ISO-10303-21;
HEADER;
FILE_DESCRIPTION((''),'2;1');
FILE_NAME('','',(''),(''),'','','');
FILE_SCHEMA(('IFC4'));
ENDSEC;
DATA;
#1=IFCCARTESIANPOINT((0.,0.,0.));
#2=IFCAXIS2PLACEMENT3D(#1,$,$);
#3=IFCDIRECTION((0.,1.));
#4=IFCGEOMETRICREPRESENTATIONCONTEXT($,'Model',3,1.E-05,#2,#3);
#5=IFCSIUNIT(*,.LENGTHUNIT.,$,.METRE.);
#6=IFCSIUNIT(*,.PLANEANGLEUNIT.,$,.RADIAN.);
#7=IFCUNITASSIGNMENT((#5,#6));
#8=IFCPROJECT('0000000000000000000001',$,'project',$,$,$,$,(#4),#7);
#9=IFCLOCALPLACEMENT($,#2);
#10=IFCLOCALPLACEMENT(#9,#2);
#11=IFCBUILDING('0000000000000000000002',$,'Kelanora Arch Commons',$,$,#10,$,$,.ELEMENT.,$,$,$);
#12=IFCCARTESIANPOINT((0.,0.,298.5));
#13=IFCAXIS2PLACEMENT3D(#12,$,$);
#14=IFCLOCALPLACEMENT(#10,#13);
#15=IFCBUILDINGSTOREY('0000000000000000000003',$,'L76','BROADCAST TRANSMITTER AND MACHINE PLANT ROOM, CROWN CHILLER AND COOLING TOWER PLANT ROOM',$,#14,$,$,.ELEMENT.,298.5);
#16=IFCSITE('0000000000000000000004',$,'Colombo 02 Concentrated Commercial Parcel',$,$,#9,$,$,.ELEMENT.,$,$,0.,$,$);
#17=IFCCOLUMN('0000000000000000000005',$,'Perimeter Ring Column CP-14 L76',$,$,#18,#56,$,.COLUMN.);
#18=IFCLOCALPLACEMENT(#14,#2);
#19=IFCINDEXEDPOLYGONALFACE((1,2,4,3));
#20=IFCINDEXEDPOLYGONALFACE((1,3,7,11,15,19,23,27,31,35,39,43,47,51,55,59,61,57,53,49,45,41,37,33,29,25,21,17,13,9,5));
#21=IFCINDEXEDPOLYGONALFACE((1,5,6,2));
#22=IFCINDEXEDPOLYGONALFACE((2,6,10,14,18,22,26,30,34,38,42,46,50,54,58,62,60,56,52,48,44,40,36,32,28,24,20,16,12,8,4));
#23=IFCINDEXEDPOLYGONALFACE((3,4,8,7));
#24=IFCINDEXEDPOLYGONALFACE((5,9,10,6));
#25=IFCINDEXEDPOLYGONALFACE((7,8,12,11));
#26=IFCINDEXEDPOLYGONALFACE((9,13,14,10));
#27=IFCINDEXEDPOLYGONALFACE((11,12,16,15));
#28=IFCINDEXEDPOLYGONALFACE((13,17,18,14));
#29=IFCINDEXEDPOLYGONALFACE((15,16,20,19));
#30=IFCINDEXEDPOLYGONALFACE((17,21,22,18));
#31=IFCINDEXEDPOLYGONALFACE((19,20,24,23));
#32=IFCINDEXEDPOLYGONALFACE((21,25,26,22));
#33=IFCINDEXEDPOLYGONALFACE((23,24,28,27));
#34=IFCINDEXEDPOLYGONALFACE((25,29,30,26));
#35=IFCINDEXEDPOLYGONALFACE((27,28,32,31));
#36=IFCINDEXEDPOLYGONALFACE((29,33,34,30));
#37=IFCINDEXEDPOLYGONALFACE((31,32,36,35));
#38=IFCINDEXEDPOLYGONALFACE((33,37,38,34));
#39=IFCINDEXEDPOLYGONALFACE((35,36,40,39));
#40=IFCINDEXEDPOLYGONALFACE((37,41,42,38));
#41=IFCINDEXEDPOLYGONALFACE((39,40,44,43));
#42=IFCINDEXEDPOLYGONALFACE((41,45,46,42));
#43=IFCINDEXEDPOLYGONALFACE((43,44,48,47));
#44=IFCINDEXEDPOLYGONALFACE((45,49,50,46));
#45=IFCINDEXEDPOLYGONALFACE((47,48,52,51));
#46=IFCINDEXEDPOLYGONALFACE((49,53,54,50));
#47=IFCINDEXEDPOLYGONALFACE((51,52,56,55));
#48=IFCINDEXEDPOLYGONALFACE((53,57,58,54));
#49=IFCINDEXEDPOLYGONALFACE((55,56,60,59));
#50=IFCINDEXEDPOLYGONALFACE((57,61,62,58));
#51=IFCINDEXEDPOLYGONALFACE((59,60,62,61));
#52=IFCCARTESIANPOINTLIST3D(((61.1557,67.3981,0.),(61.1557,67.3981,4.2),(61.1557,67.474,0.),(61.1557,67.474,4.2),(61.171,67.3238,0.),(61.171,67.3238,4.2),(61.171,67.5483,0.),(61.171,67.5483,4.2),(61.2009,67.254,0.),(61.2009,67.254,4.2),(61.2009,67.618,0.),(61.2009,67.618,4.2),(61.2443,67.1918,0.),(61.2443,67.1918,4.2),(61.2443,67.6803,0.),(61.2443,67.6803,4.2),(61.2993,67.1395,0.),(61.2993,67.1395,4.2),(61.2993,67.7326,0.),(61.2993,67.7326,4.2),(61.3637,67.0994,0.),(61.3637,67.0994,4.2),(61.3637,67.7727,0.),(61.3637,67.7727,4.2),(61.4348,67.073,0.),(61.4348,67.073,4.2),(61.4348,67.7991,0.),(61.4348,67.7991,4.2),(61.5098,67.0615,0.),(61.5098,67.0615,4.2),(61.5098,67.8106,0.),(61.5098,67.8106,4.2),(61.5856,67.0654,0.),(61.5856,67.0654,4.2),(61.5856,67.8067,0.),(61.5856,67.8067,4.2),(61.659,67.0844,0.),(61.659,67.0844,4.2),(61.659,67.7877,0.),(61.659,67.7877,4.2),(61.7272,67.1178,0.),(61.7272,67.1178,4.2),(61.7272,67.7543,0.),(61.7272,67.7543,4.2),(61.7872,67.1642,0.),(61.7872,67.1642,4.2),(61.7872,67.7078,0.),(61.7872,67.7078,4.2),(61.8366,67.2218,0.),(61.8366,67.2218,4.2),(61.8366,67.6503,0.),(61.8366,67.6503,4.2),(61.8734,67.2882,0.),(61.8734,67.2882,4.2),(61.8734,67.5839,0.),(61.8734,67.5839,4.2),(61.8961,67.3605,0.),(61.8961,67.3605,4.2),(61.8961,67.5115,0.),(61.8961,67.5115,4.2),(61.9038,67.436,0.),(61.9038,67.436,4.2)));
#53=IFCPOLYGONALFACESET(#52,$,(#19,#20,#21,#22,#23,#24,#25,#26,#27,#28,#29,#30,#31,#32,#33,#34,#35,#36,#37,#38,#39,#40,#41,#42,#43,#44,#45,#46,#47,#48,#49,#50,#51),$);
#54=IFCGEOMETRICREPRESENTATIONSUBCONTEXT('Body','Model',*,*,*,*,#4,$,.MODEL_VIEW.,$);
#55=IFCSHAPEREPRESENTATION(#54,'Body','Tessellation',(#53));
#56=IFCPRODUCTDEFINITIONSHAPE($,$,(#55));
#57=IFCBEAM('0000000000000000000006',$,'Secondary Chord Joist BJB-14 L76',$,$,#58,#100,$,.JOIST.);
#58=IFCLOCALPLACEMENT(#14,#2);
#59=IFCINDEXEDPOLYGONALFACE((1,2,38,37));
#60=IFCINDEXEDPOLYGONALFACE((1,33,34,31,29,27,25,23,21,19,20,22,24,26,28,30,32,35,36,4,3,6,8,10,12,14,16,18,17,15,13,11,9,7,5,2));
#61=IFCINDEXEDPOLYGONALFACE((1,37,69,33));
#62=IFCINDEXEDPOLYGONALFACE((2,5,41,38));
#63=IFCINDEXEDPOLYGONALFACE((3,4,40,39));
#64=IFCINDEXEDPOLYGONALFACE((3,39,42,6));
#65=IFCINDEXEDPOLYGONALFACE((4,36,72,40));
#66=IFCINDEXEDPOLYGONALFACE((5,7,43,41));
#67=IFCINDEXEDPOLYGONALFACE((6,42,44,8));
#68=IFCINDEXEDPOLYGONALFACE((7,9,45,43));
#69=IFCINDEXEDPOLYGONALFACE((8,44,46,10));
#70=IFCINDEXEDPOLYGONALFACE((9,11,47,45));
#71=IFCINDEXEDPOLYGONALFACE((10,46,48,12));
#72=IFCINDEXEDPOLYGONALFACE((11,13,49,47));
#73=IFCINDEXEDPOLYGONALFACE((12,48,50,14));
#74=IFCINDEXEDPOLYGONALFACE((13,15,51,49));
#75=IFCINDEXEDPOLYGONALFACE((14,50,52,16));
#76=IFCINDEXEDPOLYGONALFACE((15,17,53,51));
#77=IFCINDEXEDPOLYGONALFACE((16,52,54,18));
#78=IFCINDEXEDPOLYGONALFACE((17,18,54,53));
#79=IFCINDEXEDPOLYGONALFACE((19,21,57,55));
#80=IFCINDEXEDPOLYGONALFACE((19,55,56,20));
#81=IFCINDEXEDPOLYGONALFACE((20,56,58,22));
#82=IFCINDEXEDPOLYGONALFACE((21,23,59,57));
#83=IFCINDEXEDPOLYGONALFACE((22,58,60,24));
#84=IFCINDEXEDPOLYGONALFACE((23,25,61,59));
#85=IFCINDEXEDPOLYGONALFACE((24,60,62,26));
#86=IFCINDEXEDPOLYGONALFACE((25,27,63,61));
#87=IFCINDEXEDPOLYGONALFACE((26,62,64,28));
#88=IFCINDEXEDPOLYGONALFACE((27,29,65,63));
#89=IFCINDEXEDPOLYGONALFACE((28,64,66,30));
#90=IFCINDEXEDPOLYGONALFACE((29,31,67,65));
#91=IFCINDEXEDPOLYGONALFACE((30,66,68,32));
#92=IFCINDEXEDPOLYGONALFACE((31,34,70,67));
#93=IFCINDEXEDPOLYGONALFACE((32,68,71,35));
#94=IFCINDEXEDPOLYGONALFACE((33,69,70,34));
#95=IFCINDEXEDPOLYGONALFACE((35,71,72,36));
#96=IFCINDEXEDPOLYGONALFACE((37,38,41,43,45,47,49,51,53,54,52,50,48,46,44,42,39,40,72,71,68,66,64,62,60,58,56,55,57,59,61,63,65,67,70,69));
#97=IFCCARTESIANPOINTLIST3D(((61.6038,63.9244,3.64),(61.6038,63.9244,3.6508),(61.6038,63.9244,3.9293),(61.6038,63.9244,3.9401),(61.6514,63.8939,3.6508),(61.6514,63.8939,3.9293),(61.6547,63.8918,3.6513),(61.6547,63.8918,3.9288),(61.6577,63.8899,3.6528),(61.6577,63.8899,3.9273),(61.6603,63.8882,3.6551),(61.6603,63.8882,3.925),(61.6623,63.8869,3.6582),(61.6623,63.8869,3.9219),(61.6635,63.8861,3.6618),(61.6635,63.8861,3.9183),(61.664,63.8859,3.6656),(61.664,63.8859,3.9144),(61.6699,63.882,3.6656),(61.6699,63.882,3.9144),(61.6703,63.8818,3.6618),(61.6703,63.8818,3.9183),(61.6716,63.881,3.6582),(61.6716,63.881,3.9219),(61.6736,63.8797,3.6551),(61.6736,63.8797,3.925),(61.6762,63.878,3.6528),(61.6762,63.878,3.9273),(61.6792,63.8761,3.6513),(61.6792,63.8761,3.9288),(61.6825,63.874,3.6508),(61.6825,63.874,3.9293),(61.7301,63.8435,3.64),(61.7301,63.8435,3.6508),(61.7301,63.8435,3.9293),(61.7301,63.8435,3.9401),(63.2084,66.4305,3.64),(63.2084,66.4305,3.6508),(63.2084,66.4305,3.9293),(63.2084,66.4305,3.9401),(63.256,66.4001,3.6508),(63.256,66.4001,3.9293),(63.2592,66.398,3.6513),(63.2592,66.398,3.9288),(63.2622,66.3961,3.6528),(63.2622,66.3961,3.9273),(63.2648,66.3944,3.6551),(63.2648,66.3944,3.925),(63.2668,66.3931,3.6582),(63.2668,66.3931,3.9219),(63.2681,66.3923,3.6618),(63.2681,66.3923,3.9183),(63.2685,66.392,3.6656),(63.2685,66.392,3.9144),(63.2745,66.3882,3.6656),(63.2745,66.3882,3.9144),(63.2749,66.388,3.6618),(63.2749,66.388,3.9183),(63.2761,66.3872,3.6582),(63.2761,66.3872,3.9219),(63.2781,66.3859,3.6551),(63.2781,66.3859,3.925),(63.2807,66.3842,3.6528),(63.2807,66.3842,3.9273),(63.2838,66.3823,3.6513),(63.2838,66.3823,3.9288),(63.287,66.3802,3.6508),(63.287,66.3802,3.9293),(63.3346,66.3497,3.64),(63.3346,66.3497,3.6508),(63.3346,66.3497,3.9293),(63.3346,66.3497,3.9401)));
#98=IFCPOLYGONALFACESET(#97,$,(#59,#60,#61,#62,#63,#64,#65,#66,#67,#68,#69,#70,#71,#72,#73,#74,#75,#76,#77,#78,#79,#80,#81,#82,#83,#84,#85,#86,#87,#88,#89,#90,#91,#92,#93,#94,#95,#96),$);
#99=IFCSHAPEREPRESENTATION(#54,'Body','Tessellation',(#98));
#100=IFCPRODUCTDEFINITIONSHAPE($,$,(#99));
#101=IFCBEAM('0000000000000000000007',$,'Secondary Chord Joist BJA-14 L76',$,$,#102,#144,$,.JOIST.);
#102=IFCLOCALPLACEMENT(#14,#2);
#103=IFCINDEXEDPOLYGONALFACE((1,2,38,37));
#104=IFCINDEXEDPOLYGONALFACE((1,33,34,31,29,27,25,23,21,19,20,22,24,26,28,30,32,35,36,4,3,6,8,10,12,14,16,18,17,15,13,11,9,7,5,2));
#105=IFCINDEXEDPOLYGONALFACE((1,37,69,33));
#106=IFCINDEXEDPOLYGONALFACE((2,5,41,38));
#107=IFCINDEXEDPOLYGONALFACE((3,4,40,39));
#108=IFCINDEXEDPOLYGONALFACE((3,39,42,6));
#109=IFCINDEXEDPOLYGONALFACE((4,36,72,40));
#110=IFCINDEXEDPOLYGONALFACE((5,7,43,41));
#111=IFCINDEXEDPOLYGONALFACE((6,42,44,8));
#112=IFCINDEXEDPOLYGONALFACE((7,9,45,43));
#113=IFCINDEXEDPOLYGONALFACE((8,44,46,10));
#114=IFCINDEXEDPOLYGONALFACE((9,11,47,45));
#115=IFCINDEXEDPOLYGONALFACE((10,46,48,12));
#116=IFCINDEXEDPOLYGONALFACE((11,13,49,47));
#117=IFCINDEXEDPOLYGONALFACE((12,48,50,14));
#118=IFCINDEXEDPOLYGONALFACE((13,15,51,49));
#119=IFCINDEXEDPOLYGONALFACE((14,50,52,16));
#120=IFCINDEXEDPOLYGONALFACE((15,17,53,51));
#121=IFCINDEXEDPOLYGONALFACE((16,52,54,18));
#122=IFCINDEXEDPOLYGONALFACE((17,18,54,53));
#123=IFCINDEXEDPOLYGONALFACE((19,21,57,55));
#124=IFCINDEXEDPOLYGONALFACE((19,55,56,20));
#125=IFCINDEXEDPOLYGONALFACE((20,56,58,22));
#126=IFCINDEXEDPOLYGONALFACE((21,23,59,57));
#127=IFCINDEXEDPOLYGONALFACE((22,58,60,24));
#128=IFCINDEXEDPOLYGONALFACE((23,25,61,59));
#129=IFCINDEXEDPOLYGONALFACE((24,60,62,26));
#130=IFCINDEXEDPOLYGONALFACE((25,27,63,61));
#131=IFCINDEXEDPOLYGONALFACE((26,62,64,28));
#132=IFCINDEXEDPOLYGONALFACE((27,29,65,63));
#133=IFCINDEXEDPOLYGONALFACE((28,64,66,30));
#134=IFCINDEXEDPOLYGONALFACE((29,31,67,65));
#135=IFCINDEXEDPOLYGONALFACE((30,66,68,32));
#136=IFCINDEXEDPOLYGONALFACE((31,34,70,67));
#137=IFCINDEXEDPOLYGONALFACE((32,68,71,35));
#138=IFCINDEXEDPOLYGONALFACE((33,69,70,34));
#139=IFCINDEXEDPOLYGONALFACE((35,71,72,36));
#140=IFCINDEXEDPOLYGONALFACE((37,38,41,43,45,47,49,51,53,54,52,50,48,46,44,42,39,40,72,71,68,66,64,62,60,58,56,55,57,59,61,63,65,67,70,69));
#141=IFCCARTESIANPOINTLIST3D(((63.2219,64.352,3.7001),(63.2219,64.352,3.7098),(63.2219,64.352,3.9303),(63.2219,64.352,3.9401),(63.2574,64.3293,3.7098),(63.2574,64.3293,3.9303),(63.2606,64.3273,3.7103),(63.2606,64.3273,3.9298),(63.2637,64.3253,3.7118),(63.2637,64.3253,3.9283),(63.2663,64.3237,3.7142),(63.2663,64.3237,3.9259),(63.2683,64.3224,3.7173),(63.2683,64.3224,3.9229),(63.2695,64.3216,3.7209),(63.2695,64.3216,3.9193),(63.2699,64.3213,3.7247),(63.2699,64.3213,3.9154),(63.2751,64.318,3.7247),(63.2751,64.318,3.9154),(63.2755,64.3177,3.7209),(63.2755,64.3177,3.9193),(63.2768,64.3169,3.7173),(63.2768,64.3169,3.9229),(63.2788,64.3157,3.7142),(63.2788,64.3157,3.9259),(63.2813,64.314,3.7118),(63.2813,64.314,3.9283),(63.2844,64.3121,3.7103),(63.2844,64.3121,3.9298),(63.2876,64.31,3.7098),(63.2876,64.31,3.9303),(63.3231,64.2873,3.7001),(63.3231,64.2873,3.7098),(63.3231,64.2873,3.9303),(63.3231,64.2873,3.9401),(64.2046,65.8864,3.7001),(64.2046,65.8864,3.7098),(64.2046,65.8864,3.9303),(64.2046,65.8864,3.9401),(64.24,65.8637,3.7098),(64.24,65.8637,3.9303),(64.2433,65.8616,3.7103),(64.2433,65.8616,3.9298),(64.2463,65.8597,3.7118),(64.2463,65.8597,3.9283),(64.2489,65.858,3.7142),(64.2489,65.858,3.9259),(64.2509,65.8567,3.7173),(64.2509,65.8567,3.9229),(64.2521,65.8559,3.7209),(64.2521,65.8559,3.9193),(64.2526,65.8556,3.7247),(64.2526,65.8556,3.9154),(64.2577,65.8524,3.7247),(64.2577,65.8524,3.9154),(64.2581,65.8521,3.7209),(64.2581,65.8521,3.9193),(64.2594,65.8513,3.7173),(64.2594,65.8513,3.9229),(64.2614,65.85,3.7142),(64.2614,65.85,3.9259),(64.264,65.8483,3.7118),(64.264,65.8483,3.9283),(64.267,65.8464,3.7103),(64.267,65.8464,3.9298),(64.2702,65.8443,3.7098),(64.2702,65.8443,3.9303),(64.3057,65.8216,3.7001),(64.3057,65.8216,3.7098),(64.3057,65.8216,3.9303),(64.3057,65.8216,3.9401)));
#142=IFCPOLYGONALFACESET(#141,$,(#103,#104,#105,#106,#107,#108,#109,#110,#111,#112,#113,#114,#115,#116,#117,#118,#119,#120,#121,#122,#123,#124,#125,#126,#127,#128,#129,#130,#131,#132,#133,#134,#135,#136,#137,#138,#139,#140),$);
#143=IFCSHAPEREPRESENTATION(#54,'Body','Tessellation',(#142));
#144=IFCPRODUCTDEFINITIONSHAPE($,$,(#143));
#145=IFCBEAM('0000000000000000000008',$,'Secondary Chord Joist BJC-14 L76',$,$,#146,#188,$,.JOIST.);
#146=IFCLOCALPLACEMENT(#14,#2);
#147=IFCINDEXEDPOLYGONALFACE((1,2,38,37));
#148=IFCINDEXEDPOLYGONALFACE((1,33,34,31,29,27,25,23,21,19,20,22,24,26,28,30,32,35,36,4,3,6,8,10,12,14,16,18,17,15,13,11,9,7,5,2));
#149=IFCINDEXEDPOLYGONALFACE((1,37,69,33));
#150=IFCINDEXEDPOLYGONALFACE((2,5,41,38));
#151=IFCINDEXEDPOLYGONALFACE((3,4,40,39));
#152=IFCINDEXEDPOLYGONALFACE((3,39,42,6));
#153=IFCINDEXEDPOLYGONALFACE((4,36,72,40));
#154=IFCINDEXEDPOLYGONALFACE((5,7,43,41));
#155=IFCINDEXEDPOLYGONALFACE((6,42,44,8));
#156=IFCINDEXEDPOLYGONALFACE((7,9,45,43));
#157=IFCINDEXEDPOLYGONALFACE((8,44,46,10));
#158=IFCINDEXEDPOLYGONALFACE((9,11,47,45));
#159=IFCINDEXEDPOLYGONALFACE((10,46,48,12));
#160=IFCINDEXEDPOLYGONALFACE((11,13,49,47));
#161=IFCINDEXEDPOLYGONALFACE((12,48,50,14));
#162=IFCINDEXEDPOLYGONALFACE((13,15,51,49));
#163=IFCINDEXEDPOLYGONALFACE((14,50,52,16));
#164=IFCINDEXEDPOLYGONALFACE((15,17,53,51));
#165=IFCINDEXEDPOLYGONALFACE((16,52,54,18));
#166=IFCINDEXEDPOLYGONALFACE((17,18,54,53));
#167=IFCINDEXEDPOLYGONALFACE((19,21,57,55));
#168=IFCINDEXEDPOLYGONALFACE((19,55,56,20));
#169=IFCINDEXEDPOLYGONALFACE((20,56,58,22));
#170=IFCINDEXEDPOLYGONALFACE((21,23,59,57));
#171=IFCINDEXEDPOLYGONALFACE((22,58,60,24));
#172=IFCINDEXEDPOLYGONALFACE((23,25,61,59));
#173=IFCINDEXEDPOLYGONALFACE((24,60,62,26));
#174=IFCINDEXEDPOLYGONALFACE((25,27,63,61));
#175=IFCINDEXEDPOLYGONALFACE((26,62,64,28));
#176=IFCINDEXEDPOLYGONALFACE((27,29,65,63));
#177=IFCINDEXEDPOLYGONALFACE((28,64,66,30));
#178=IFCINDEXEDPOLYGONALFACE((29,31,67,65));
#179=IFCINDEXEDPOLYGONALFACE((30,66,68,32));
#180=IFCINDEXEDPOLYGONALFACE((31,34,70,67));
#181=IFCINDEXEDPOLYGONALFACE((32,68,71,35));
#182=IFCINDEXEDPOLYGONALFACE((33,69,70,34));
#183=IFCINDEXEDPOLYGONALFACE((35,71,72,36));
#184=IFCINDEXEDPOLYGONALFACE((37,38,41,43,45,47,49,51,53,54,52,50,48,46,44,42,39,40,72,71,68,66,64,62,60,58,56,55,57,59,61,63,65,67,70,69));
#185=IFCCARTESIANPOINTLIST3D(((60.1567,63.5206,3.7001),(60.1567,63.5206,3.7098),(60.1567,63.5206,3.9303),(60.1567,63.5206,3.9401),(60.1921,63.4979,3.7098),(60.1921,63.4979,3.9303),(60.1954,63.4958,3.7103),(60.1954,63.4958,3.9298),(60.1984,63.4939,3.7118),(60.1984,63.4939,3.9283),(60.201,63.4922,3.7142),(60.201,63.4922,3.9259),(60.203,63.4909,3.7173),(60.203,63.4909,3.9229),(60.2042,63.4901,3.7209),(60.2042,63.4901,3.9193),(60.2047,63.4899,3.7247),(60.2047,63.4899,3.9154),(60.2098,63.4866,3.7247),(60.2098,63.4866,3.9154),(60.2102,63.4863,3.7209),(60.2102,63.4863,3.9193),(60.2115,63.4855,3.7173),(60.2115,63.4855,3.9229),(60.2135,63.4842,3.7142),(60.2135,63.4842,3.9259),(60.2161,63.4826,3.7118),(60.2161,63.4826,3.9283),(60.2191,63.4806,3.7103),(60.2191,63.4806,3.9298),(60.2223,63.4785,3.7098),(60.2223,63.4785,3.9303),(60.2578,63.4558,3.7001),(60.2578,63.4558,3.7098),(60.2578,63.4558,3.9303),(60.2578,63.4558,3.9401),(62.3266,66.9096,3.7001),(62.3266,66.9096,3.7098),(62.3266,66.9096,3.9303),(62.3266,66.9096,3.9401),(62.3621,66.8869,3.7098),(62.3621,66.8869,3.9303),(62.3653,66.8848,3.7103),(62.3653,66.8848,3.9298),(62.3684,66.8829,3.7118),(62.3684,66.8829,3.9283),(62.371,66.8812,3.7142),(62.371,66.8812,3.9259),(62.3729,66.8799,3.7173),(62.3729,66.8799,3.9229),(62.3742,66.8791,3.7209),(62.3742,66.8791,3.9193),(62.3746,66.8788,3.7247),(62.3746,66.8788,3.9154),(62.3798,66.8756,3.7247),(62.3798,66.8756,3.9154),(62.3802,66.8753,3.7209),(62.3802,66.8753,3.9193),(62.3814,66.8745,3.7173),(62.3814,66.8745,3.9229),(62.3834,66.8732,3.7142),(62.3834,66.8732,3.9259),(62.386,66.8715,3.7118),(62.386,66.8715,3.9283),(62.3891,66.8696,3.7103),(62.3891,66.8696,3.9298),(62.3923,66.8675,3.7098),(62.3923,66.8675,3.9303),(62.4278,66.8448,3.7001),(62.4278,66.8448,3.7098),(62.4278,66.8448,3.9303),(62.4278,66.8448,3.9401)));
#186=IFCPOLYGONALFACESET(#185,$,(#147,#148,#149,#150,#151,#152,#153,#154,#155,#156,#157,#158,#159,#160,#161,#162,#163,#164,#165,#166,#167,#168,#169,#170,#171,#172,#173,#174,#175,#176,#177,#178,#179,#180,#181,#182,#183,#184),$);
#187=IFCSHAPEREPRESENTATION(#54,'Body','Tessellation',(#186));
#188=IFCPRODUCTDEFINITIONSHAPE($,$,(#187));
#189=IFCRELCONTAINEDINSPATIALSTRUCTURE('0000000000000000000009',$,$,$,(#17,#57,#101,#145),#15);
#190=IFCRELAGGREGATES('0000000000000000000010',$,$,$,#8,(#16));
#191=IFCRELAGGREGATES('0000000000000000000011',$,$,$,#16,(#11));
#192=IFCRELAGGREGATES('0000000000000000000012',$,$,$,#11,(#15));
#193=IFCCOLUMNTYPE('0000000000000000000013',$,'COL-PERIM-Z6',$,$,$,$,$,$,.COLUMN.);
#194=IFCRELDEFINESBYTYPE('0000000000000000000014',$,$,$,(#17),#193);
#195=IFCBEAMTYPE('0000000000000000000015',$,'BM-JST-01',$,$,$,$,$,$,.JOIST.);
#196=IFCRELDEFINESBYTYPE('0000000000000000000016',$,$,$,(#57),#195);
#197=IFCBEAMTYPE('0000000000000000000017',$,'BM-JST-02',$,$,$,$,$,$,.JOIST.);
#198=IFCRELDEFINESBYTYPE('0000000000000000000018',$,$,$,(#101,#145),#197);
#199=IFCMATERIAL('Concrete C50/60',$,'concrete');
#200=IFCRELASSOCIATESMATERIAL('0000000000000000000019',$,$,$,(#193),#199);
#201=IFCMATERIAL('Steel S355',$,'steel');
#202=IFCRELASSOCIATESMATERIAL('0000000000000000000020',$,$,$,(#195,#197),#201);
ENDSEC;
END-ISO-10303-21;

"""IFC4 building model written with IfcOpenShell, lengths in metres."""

from ifc_helpers import new_model, si_unit, direction, frame, origin, origin_2d, place, context, subcontext, project, spatial, circle, i_section, extrude, material, material_profile, profile_set, type_object, element, save


model = new_model("IFC4")

# Units and contexts
model_context = context("Model", 3, precision=1e-05, world=origin(), true_north=direction((0.0, 1.0)))
body_context = subcontext(model_context, "Body", "Model", "MODEL_VIEW")
ifc_project = project(units=[si_unit("LENGTHUNIT", "METRE"), si_unit("PLANEANGLEUNIT", "RADIAN")], contexts=[model_context])

# Site, building, storey
site_placement = place(None, origin())
site = spatial("IfcSite", under=ifc_project, at=site_placement, Name="Colombo 02 Concentrated Commercial Parcel", CompositionType="ELEMENT", RefElevation=0.0)
building_placement = place(site_placement, origin())
building = spatial("IfcBuilding", under=site, at=building_placement, Name="Kelanora Arch Commons", CompositionType="ELEMENT")
storey_placement = place(building_placement, frame((0.0, 0.0, 298.5)))
storey = spatial("IfcBuildingStorey", under=building, at=storey_placement, Name="L76", Description="BROADCAST TRANSMITTER AND MACHINE PLANT ROOM, CROWN CHILLER AND COOLING TOWER PLANT ROOM", CompositionType="ELEMENT", Elevation=298.5)

# Column
ifc_material_1 = material(Name="Concrete C50/60", Category="concrete")
ifc_material_profile_1 = material_profile(ifc_material_1, circle(Radius=0.375, at=origin_2d()), Name="RCC750")
ifc_profile_set_1 = profile_set([ifc_material_profile_1], Name="Concrete C50/60")
column_type = type_object("IfcColumnType", Name="COL-PERIM-Z6", PredefinedType="COLUMN", material=ifc_profile_set_1)
column_placement = place(storey_placement, frame((61.5288, 67.436, 0.0), z_axis=(0.0, 0.0, 1.0), x_axis=(1.0, 0.0, 0.0)))
element("IfcColumn", 1, at=column_placement, inside=storey, type_object=column_type, Name="Perimeter Ring Column CP-14 L76", PredefinedType="COLUMN", context=body_context, shape_type="SweptSolid", body=[
    extrude(circle(Radius=0.375, at=origin_2d()), origin(), (0.0, 0.0, 1.0), 4.2),
])

# Beams
ifc_material_2 = material(Name="Steel S355", Category="steel")
ifc_material_profile_2 = material_profile(ifc_material_2, i_section(OverallWidth=0.1499, OverallDepth=0.3, WebThickness=0.0071, FlangeThickness=0.0107, FilletRadius=0.0149, at=origin_2d()), Name="IPE300")
ifc_profile_set_2 = profile_set([ifc_material_profile_2], Name="Steel S355")
beam_type_1 = type_object("IfcBeamType", Name="BM-JST-01", PredefinedType="JOIST", material=ifc_profile_set_2)
beam_1_placement = place(storey_placement, frame((63.2715, 66.3901, 3.79), z_axis=(-0.539193, -0.842182, 0.0), x_axis=(0.842182, -0.539193, 0.0)))
element("IfcBeam", 2, at=beam_1_placement, inside=storey, type_object=beam_type_1, Name="Secondary Chord Joist BJB-14 L76", PredefinedType="JOIST", context=body_context, shape_type="SweptSolid", body=[
    extrude(i_section(OverallWidth=0.1499, OverallDepth=0.3, WebThickness=0.0071, FlangeThickness=0.0107, FilletRadius=0.0149, at=origin_2d()), origin(), (0.0, 0.0, 1.0), 2.9758),
])
ifc_material_profile_3 = material_profile(ifc_material_2, i_section(OverallWidth=0.1201, OverallDepth=0.24, WebThickness=0.0061, FlangeThickness=0.0098, FilletRadius=0.0149, at=origin_2d()), Name="IPE240")
ifc_profile_set_3 = profile_set([ifc_material_profile_3], Name="Steel S355")
beam_type_2 = type_object("IfcBeamType", Name="BM-JST-02", PredefinedType="JOIST", material=ifc_profile_set_3)
beam_2_placement = place(storey_placement, frame((64.2551, 65.854, 3.8201), z_axis=(-0.539301, -0.842113, 0.0), x_axis=(0.842113, -0.539301, 0.0)))
element("IfcBeam", 3, at=beam_2_placement, inside=storey, type_object=beam_type_2, Name="Secondary Chord Joist BJA-14 L76", PredefinedType="JOIST", context=body_context, shape_type="SweptSolid", body=[
    extrude(i_section(OverallWidth=0.1201, OverallDepth=0.24, WebThickness=0.0061, FlangeThickness=0.0098, FilletRadius=0.0149, at=origin_2d()), origin(), (0.0, 0.0, 1.0), 1.822),
])
beam_3_placement = place(storey_placement, frame((62.3772, 66.8772, 3.8201), z_axis=(-0.539233, -0.842157, 0.0), x_axis=(0.842157, -0.539233, 0.0)))
element("IfcBeam", 4, at=beam_3_placement, inside=storey, type_object=beam_type_2, Name="Secondary Chord Joist BJC-14 L76", PredefinedType="JOIST", context=body_context, shape_type="SweptSolid", body=[
    extrude(i_section(OverallWidth=0.1201, OverallDepth=0.24, WebThickness=0.0061, FlangeThickness=0.0098, FilletRadius=0.0149, at=origin_2d()), origin(), (0.0, 0.0, 1.0), 4.0242),
])

save(model, "model.ifc")
